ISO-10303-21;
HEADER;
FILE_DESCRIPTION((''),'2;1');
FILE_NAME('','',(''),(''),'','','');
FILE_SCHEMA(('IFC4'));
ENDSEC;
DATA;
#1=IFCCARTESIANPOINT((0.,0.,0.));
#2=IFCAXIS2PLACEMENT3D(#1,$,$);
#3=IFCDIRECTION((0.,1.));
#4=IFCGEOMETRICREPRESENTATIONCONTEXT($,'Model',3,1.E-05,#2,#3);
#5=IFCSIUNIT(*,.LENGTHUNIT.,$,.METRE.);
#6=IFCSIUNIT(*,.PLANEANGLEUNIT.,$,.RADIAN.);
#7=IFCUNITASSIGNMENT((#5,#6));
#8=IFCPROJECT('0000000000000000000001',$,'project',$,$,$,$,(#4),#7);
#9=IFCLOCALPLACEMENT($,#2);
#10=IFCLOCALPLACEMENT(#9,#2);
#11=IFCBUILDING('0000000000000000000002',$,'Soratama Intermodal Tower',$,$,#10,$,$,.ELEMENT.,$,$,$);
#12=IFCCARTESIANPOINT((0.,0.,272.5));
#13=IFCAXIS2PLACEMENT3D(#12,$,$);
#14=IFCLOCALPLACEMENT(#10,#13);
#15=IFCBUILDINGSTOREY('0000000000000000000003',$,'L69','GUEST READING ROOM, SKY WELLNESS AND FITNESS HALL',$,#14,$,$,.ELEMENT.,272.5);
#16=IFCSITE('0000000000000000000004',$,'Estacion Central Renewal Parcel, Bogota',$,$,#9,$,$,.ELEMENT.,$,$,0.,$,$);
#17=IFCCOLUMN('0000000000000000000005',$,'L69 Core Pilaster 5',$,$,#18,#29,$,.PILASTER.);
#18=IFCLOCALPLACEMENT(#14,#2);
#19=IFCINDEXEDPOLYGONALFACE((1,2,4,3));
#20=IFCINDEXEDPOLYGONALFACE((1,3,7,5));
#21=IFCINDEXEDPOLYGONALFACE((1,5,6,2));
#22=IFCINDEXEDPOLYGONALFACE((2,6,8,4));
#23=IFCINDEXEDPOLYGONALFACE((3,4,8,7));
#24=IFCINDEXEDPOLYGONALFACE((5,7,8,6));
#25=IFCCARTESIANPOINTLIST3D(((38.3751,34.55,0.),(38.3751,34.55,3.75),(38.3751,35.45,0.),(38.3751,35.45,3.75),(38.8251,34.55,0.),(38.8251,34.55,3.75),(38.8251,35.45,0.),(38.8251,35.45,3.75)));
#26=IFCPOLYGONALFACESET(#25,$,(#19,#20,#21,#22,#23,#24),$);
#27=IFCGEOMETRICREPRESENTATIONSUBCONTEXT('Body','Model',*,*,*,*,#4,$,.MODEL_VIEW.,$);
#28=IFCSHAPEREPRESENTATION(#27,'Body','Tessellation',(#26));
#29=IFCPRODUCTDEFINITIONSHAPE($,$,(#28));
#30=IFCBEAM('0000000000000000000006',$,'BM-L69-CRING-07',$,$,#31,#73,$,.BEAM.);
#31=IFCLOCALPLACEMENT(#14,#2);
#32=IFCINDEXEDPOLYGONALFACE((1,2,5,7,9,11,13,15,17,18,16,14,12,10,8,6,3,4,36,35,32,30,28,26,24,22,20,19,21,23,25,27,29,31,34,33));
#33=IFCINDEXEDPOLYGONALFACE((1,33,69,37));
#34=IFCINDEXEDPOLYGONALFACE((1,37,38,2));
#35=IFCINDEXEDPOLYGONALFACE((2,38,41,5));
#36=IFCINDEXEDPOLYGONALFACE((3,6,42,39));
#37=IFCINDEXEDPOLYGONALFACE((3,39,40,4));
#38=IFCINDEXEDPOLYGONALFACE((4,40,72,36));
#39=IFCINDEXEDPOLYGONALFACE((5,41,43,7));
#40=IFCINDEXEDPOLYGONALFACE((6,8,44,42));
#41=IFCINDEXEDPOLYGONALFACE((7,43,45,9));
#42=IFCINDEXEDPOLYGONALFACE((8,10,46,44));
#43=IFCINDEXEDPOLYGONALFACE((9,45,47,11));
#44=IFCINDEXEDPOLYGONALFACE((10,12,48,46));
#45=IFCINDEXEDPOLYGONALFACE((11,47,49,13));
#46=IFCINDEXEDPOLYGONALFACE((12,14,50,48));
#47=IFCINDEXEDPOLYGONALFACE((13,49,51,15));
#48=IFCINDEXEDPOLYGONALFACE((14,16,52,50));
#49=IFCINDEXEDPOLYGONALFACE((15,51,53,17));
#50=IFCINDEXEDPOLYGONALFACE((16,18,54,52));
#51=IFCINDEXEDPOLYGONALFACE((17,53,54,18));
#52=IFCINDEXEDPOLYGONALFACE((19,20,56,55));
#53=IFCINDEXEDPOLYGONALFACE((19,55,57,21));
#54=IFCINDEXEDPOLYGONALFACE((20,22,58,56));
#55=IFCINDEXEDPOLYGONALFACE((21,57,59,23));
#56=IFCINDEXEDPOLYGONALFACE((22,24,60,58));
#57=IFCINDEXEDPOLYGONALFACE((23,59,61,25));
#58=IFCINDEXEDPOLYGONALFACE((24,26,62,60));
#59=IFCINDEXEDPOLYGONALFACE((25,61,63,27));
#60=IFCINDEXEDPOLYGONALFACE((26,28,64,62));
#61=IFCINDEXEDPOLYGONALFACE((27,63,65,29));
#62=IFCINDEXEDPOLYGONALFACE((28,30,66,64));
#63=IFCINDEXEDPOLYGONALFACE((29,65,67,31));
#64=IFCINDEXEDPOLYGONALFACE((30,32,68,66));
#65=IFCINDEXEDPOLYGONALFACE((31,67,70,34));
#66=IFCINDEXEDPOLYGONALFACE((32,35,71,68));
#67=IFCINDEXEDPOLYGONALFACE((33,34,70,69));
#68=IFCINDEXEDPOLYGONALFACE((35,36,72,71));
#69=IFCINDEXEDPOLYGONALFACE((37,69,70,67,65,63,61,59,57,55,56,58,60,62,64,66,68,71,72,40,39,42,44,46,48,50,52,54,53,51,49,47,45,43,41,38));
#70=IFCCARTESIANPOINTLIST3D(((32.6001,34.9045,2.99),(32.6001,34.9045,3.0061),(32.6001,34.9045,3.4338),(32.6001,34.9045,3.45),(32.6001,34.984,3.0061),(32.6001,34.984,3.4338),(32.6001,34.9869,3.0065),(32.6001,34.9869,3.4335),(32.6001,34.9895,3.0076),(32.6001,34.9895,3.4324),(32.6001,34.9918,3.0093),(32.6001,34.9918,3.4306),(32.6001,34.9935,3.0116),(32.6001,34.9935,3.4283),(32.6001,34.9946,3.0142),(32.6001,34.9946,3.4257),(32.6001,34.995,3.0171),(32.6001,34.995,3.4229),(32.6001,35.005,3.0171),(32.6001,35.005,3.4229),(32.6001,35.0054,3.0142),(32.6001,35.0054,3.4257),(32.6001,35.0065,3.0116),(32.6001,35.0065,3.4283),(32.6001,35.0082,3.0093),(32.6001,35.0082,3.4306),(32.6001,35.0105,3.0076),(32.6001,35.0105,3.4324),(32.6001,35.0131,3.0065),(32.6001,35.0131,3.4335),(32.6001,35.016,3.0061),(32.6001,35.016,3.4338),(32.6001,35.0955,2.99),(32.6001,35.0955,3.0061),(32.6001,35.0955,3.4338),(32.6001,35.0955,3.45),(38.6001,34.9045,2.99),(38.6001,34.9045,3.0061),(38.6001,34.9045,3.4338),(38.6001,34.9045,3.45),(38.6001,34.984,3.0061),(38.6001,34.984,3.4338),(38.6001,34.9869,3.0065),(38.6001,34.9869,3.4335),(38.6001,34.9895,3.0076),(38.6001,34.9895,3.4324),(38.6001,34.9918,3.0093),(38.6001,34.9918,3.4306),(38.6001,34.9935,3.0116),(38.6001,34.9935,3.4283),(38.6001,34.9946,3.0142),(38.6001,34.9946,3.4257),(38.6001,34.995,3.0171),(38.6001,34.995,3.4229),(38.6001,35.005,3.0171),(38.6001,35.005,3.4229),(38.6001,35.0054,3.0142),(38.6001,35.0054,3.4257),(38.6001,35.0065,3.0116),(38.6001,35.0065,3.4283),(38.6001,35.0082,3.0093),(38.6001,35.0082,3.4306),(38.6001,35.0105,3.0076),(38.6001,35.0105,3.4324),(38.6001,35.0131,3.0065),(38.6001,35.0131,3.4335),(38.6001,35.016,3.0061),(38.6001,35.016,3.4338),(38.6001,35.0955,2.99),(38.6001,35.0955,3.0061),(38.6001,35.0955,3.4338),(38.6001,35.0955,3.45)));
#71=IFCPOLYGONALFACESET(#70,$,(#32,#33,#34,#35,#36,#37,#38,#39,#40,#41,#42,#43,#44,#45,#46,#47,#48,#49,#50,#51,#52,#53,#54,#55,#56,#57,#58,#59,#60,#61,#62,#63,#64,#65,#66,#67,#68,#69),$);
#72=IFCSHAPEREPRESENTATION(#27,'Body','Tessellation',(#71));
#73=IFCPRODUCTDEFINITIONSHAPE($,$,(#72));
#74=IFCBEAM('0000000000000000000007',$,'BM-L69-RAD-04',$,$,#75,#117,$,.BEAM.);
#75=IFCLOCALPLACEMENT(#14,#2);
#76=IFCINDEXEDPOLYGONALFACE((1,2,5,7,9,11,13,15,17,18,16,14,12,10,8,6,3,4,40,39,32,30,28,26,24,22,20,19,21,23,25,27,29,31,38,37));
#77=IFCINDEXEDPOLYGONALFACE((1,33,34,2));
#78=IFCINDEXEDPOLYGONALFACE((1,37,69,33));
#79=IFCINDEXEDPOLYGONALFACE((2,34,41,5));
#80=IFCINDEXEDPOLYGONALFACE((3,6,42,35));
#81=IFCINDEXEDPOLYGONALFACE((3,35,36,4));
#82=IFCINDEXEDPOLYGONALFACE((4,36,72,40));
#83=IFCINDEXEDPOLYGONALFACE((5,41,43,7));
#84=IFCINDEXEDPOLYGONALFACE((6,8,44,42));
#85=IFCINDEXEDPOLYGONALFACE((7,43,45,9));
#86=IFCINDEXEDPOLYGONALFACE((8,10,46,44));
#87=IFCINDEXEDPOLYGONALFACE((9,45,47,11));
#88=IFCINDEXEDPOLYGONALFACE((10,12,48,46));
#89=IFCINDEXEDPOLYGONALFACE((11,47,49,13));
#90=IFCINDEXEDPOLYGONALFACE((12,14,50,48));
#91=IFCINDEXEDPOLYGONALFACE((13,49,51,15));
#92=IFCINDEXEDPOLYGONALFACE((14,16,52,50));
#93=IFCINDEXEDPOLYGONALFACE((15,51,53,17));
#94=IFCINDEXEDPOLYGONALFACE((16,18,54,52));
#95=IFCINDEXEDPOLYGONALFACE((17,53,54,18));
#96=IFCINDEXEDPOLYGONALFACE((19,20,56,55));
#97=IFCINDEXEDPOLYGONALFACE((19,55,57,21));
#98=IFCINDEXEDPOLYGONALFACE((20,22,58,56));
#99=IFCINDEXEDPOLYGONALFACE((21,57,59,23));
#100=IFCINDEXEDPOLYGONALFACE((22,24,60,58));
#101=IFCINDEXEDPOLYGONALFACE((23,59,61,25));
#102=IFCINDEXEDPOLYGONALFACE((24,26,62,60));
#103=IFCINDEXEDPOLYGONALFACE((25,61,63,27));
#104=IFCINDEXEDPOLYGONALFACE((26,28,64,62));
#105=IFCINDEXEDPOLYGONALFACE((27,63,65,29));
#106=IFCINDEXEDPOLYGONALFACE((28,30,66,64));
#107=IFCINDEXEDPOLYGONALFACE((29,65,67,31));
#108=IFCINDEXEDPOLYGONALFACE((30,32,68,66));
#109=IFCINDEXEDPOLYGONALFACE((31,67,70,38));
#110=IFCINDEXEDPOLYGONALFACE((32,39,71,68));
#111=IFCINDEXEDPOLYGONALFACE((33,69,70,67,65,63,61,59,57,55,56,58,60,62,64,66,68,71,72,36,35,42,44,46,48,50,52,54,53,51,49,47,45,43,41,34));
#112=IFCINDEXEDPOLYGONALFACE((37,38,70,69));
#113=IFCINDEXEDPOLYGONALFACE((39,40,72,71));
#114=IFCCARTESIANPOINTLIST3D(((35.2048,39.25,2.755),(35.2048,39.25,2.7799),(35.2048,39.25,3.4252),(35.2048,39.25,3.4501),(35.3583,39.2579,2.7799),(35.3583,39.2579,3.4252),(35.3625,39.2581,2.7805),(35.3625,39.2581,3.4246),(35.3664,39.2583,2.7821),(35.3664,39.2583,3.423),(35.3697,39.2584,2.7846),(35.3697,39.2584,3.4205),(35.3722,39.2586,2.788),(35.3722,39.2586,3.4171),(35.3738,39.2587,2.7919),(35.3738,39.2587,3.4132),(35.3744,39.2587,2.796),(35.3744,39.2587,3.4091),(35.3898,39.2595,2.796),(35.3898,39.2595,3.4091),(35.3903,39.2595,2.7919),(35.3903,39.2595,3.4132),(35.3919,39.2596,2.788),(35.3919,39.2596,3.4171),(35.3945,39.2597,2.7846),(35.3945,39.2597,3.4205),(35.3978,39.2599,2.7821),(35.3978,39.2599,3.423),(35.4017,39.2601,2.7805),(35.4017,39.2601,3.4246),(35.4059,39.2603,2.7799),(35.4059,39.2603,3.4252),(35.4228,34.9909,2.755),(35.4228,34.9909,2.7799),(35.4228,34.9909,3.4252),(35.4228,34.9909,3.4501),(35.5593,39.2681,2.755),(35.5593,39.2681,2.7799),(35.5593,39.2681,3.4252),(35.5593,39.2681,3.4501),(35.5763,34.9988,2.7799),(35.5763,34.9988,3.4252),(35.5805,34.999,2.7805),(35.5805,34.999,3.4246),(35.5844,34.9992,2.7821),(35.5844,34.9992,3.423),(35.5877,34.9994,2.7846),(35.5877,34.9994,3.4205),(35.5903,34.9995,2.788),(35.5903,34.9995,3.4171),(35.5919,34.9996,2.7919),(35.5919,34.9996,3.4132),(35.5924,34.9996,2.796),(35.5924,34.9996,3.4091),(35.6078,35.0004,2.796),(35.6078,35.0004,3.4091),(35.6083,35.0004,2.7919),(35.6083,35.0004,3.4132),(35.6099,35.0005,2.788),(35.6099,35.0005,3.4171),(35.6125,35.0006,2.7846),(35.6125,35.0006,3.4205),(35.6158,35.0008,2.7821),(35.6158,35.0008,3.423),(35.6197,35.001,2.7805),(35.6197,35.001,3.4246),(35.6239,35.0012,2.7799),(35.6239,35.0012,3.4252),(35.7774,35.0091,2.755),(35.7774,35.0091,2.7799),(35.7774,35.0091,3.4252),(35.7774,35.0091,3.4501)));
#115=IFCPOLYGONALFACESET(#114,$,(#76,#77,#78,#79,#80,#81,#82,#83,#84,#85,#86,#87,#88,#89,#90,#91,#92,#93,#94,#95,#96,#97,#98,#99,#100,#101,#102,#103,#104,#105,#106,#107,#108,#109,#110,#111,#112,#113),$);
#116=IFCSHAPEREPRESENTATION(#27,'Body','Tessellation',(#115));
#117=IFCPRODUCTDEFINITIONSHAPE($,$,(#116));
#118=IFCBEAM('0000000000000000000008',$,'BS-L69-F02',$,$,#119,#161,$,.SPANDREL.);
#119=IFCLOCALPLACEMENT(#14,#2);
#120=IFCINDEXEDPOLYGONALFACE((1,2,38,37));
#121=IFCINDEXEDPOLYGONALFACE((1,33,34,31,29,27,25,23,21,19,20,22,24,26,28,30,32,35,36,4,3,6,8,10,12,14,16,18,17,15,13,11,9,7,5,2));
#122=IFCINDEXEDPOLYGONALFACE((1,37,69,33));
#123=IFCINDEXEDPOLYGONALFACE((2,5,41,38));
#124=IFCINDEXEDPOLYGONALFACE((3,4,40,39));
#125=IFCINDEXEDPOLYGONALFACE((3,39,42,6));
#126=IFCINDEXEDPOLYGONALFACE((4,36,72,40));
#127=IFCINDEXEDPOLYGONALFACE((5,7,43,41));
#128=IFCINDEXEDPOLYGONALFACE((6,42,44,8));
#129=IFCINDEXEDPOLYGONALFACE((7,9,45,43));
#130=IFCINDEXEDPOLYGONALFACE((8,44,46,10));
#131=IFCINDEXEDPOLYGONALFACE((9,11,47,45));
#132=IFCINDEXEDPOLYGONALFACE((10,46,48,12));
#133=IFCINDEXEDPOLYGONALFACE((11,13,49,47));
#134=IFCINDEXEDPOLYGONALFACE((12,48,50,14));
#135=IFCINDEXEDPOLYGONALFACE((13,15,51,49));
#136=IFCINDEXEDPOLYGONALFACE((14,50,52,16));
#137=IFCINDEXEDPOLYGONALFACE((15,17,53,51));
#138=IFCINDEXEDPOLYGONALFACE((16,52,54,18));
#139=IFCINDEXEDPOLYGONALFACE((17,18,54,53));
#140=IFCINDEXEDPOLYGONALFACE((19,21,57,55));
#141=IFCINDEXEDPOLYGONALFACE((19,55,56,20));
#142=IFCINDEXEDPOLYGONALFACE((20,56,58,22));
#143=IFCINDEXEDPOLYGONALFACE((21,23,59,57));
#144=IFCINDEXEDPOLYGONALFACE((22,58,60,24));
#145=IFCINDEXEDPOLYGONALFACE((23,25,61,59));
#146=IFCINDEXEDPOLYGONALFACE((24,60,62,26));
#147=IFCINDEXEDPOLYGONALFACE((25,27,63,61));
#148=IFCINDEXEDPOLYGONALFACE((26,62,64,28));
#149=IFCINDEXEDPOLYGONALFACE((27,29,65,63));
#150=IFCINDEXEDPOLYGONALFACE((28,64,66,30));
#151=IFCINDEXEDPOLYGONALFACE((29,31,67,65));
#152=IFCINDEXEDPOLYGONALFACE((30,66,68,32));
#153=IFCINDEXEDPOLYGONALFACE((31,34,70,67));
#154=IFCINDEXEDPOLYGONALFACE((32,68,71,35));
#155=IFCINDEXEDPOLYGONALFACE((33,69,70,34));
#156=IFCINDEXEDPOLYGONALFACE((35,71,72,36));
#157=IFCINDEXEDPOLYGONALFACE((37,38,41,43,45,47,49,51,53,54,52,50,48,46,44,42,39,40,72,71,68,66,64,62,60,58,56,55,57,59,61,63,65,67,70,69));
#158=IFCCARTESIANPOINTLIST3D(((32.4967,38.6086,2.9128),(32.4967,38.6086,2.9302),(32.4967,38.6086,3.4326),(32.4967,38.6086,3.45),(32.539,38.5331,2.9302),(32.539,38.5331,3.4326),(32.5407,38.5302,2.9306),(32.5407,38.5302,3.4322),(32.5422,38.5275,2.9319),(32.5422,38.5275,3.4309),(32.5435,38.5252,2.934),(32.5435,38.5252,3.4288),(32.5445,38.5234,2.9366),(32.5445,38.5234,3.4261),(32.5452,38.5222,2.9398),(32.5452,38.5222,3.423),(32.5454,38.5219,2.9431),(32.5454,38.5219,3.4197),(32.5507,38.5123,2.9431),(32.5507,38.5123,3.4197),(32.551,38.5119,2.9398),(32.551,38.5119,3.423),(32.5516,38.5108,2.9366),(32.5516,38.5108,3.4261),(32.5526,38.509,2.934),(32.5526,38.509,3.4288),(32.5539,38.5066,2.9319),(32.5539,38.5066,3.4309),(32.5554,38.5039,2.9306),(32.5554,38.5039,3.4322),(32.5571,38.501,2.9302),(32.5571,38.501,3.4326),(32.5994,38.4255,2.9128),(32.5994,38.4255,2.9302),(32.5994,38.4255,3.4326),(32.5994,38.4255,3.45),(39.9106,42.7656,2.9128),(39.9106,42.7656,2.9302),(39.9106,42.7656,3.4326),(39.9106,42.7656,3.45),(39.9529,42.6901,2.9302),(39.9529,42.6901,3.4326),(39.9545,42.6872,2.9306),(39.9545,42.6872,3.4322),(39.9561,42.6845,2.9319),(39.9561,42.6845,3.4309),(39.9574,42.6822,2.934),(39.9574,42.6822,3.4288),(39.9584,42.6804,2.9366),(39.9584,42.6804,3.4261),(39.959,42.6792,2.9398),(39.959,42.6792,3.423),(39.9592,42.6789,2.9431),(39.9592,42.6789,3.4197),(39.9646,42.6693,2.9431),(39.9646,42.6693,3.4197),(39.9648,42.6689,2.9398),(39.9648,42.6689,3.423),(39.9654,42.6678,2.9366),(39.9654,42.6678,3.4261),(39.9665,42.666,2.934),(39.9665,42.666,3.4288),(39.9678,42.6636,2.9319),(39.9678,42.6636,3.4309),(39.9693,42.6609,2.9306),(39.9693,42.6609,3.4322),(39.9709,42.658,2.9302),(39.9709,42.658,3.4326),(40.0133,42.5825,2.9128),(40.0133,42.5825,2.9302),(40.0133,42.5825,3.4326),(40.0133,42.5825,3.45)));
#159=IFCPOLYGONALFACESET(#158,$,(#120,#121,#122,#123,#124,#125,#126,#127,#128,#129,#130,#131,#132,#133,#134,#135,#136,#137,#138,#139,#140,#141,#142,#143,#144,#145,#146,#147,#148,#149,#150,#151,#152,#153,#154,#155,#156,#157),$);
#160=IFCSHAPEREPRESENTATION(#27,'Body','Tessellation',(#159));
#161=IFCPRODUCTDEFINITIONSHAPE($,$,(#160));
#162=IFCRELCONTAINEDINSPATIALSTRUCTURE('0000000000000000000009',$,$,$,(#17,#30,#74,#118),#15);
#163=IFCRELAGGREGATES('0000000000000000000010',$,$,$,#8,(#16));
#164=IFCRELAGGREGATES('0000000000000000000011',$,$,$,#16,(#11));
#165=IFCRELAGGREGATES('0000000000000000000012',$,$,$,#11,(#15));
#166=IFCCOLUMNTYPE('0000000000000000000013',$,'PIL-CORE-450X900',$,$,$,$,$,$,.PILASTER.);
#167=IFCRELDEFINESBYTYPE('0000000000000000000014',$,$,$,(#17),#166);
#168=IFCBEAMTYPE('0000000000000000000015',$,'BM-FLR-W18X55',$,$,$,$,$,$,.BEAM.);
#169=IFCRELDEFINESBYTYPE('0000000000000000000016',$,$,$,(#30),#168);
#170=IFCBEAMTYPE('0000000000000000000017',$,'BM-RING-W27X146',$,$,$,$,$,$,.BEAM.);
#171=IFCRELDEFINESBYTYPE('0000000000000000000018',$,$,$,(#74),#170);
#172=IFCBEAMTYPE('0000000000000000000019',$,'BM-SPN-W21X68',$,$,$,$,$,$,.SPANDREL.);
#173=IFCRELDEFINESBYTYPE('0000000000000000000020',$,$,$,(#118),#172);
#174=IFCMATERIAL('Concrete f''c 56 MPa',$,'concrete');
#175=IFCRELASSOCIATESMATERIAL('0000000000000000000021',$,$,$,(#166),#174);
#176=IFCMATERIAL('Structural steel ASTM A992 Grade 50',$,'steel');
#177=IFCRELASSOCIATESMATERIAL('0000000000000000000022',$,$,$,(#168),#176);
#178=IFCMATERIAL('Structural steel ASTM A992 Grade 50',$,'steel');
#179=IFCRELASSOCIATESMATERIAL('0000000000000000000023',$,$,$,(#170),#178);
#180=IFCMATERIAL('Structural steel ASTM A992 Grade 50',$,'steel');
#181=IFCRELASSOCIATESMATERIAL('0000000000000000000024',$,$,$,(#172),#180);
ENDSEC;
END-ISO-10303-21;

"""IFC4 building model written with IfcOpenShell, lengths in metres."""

from ifc_helpers import new_model, si_unit, direction, frame, origin, origin_2d, place, context, subcontext, project, spatial, rectangle, i_section, extrude, material, material_profile, profile_set, type_object, element, save


model = new_model("IFC4")

# Units and contexts
model_context = context("Model", 3, precision=1e-05, world=origin(), true_north=direction((0.0, 1.0)))
body_context = subcontext(model_context, "Body", "Model", "MODEL_VIEW")
ifc_project = project(units=[si_unit("LENGTHUNIT", "METRE"), si_unit("PLANEANGLEUNIT", "RADIAN")], contexts=[model_context])

# Site, building, storey
site_placement = place(None, origin())
site = spatial("IfcSite", under=ifc_project, at=site_placement, Name="Estacion Central Renewal Parcel, Bogota", CompositionType="ELEMENT", RefElevation=0.0)
building_placement = place(site_placement, origin())
building = spatial("IfcBuilding", under=site, at=building_placement, Name="Soratama Intermodal Tower", CompositionType="ELEMENT")
storey_placement = place(building_placement, frame((0.0, 0.0, 272.5)))
storey = spatial("IfcBuildingStorey", under=building, at=storey_placement, Name="L69", Description="GUEST READING ROOM, SKY WELLNESS AND FITNESS HALL", CompositionType="ELEMENT", Elevation=272.5)

# Column
ifc_material_1 = material(Name="Concrete f'c 56 MPa", Category="concrete")
ifc_material_profile_1 = material_profile(ifc_material_1, rectangle(XDim=0.45, YDim=0.8999, at=origin_2d()), Name="RC450X900")
ifc_profile_set_1 = profile_set([ifc_material_profile_1], Name="Concrete f'c 56 MPa")
column_type = type_object("IfcColumnType", Name="PIL-CORE-450X900", PredefinedType="PILASTER", material=ifc_profile_set_1)
column_placement = place(storey_placement, frame((38.6001, 35.0, 0.0), z_axis=(0.0, 0.0, 1.0), x_axis=(1.0, 0.0, 0.0)))
element("IfcColumn", 1, at=column_placement, inside=storey, type_object=column_type, Name="L69 Core Pilaster 5", PredefinedType="PILASTER", context=body_context, shape_type="SweptSolid", body=[
    extrude(rectangle(XDim=0.45, YDim=0.8999, at=origin_2d()), origin(), (0.0, 0.0, 1.0), 3.75),
])

# Beams
ifc_material_2 = material(Name="Structural steel ASTM A992 Grade 50", Category="steel")
ifc_material_profile_2 = material_profile(ifc_material_2, i_section(OverallWidth=0.1909, OverallDepth=0.46, WebThickness=0.01, FlangeThickness=0.0161, FilletRadius=0.011, at=origin_2d()), Name="W18X55")
ifc_profile_set_2 = profile_set([ifc_material_profile_2], Name="Structural steel ASTM A992 Grade 50")
beam_type_1 = type_object("IfcBeamType", Name="BM-FLR-W18X55", PredefinedType="BEAM", material=ifc_profile_set_2)
beam_1_placement = place(storey_placement, frame((38.6001, 35.0, 3.22), z_axis=(-1.0, 0.0, 0.0), x_axis=(0.0, -1.0, 0.0)))
element("IfcBeam", 2, at=beam_1_placement, inside=storey, type_object=beam_type_1, Name="BM-L69-CRING-07", PredefinedType="BEAM", context=body_context, shape_type="SweptSolid", body=[
    extrude(i_section(OverallWidth=0.1909, OverallDepth=0.46, WebThickness=0.01, FlangeThickness=0.0161, FilletRadius=0.011, at=origin_2d()), origin(), (0.0, 0.0, 1.0), 6.0),
])
ifc_material_3 = material(Name="Structural steel ASTM A992 Grade 50", Category="steel")
ifc_material_profile_3 = material_profile(ifc_material_3, i_section(OverallWidth=0.355, OverallDepth=0.6951, WebThickness=0.0154, FlangeThickness=0.0249, FilletRadius=0.0161, at=origin_2d()), Name="W27X146")
ifc_profile_set_3 = profile_set([ifc_material_profile_3], Name="Structural steel ASTM A992 Grade 50")
beam_type_2 = type_object("IfcBeamType", Name="BM-RING-W27X146", PredefinedType="BEAM", material=ifc_profile_set_3)
beam_2_placement = place(storey_placement, frame((35.6001, 35.0, 3.1025), z_axis=(-0.051123, 0.998692, 0.0), x_axis=(-0.998692, -0.051123, 0.0)))
element("IfcBeam", 3, at=beam_2_placement, inside=storey, type_object=beam_type_2, Name="BM-L69-RAD-04", PredefinedType="BEAM", context=body_context, shape_type="SweptSolid", body=[
    extrude(i_section(OverallWidth=0.355, OverallDepth=0.6951, WebThickness=0.0154, FlangeThickness=0.0249, FilletRadius=0.0161, at=origin_2d()), origin(), (0.0, 0.0, 1.0), 4.2646),
])
ifc_material_4 = material(Name="Structural steel ASTM A992 Grade 50", Category="steel")
ifc_material_profile_4 = material_profile(ifc_material_4, i_section(OverallWidth=0.21, OverallDepth=0.5371, WebThickness=0.011, FlangeThickness=0.0173, FilletRadius=0.0129, at=origin_2d()), Name="W21X68")
ifc_profile_set_4 = profile_set([ifc_material_profile_4], Name="Structural steel ASTM A992 Grade 50")
beam_type_3 = type_object("IfcBeamType", Name="BM-SPN-W21X68", PredefinedType="SPANDREL", material=ifc_profile_set_4)
beam_3_placement = place(storey_placement, frame((39.9619, 42.6741, 3.1814), z_axis=(-0.872243, -0.489073, 0.0), x_axis=(0.489073, -0.872243, 0.0)))
element("IfcBeam", 4, at=beam_3_placement, inside=storey, type_object=beam_type_3, Name="BS-L69-F02", PredefinedType="SPANDREL", context=body_context, shape_type="SweptSolid", body=[
    extrude(i_section(OverallWidth=0.21, OverallDepth=0.5371, WebThickness=0.011, FlangeThickness=0.0173, FilletRadius=0.0129, at=origin_2d()), origin(), (0.0, 0.0, 1.0), 8.4998),
])

save(model, "model.ifc")
